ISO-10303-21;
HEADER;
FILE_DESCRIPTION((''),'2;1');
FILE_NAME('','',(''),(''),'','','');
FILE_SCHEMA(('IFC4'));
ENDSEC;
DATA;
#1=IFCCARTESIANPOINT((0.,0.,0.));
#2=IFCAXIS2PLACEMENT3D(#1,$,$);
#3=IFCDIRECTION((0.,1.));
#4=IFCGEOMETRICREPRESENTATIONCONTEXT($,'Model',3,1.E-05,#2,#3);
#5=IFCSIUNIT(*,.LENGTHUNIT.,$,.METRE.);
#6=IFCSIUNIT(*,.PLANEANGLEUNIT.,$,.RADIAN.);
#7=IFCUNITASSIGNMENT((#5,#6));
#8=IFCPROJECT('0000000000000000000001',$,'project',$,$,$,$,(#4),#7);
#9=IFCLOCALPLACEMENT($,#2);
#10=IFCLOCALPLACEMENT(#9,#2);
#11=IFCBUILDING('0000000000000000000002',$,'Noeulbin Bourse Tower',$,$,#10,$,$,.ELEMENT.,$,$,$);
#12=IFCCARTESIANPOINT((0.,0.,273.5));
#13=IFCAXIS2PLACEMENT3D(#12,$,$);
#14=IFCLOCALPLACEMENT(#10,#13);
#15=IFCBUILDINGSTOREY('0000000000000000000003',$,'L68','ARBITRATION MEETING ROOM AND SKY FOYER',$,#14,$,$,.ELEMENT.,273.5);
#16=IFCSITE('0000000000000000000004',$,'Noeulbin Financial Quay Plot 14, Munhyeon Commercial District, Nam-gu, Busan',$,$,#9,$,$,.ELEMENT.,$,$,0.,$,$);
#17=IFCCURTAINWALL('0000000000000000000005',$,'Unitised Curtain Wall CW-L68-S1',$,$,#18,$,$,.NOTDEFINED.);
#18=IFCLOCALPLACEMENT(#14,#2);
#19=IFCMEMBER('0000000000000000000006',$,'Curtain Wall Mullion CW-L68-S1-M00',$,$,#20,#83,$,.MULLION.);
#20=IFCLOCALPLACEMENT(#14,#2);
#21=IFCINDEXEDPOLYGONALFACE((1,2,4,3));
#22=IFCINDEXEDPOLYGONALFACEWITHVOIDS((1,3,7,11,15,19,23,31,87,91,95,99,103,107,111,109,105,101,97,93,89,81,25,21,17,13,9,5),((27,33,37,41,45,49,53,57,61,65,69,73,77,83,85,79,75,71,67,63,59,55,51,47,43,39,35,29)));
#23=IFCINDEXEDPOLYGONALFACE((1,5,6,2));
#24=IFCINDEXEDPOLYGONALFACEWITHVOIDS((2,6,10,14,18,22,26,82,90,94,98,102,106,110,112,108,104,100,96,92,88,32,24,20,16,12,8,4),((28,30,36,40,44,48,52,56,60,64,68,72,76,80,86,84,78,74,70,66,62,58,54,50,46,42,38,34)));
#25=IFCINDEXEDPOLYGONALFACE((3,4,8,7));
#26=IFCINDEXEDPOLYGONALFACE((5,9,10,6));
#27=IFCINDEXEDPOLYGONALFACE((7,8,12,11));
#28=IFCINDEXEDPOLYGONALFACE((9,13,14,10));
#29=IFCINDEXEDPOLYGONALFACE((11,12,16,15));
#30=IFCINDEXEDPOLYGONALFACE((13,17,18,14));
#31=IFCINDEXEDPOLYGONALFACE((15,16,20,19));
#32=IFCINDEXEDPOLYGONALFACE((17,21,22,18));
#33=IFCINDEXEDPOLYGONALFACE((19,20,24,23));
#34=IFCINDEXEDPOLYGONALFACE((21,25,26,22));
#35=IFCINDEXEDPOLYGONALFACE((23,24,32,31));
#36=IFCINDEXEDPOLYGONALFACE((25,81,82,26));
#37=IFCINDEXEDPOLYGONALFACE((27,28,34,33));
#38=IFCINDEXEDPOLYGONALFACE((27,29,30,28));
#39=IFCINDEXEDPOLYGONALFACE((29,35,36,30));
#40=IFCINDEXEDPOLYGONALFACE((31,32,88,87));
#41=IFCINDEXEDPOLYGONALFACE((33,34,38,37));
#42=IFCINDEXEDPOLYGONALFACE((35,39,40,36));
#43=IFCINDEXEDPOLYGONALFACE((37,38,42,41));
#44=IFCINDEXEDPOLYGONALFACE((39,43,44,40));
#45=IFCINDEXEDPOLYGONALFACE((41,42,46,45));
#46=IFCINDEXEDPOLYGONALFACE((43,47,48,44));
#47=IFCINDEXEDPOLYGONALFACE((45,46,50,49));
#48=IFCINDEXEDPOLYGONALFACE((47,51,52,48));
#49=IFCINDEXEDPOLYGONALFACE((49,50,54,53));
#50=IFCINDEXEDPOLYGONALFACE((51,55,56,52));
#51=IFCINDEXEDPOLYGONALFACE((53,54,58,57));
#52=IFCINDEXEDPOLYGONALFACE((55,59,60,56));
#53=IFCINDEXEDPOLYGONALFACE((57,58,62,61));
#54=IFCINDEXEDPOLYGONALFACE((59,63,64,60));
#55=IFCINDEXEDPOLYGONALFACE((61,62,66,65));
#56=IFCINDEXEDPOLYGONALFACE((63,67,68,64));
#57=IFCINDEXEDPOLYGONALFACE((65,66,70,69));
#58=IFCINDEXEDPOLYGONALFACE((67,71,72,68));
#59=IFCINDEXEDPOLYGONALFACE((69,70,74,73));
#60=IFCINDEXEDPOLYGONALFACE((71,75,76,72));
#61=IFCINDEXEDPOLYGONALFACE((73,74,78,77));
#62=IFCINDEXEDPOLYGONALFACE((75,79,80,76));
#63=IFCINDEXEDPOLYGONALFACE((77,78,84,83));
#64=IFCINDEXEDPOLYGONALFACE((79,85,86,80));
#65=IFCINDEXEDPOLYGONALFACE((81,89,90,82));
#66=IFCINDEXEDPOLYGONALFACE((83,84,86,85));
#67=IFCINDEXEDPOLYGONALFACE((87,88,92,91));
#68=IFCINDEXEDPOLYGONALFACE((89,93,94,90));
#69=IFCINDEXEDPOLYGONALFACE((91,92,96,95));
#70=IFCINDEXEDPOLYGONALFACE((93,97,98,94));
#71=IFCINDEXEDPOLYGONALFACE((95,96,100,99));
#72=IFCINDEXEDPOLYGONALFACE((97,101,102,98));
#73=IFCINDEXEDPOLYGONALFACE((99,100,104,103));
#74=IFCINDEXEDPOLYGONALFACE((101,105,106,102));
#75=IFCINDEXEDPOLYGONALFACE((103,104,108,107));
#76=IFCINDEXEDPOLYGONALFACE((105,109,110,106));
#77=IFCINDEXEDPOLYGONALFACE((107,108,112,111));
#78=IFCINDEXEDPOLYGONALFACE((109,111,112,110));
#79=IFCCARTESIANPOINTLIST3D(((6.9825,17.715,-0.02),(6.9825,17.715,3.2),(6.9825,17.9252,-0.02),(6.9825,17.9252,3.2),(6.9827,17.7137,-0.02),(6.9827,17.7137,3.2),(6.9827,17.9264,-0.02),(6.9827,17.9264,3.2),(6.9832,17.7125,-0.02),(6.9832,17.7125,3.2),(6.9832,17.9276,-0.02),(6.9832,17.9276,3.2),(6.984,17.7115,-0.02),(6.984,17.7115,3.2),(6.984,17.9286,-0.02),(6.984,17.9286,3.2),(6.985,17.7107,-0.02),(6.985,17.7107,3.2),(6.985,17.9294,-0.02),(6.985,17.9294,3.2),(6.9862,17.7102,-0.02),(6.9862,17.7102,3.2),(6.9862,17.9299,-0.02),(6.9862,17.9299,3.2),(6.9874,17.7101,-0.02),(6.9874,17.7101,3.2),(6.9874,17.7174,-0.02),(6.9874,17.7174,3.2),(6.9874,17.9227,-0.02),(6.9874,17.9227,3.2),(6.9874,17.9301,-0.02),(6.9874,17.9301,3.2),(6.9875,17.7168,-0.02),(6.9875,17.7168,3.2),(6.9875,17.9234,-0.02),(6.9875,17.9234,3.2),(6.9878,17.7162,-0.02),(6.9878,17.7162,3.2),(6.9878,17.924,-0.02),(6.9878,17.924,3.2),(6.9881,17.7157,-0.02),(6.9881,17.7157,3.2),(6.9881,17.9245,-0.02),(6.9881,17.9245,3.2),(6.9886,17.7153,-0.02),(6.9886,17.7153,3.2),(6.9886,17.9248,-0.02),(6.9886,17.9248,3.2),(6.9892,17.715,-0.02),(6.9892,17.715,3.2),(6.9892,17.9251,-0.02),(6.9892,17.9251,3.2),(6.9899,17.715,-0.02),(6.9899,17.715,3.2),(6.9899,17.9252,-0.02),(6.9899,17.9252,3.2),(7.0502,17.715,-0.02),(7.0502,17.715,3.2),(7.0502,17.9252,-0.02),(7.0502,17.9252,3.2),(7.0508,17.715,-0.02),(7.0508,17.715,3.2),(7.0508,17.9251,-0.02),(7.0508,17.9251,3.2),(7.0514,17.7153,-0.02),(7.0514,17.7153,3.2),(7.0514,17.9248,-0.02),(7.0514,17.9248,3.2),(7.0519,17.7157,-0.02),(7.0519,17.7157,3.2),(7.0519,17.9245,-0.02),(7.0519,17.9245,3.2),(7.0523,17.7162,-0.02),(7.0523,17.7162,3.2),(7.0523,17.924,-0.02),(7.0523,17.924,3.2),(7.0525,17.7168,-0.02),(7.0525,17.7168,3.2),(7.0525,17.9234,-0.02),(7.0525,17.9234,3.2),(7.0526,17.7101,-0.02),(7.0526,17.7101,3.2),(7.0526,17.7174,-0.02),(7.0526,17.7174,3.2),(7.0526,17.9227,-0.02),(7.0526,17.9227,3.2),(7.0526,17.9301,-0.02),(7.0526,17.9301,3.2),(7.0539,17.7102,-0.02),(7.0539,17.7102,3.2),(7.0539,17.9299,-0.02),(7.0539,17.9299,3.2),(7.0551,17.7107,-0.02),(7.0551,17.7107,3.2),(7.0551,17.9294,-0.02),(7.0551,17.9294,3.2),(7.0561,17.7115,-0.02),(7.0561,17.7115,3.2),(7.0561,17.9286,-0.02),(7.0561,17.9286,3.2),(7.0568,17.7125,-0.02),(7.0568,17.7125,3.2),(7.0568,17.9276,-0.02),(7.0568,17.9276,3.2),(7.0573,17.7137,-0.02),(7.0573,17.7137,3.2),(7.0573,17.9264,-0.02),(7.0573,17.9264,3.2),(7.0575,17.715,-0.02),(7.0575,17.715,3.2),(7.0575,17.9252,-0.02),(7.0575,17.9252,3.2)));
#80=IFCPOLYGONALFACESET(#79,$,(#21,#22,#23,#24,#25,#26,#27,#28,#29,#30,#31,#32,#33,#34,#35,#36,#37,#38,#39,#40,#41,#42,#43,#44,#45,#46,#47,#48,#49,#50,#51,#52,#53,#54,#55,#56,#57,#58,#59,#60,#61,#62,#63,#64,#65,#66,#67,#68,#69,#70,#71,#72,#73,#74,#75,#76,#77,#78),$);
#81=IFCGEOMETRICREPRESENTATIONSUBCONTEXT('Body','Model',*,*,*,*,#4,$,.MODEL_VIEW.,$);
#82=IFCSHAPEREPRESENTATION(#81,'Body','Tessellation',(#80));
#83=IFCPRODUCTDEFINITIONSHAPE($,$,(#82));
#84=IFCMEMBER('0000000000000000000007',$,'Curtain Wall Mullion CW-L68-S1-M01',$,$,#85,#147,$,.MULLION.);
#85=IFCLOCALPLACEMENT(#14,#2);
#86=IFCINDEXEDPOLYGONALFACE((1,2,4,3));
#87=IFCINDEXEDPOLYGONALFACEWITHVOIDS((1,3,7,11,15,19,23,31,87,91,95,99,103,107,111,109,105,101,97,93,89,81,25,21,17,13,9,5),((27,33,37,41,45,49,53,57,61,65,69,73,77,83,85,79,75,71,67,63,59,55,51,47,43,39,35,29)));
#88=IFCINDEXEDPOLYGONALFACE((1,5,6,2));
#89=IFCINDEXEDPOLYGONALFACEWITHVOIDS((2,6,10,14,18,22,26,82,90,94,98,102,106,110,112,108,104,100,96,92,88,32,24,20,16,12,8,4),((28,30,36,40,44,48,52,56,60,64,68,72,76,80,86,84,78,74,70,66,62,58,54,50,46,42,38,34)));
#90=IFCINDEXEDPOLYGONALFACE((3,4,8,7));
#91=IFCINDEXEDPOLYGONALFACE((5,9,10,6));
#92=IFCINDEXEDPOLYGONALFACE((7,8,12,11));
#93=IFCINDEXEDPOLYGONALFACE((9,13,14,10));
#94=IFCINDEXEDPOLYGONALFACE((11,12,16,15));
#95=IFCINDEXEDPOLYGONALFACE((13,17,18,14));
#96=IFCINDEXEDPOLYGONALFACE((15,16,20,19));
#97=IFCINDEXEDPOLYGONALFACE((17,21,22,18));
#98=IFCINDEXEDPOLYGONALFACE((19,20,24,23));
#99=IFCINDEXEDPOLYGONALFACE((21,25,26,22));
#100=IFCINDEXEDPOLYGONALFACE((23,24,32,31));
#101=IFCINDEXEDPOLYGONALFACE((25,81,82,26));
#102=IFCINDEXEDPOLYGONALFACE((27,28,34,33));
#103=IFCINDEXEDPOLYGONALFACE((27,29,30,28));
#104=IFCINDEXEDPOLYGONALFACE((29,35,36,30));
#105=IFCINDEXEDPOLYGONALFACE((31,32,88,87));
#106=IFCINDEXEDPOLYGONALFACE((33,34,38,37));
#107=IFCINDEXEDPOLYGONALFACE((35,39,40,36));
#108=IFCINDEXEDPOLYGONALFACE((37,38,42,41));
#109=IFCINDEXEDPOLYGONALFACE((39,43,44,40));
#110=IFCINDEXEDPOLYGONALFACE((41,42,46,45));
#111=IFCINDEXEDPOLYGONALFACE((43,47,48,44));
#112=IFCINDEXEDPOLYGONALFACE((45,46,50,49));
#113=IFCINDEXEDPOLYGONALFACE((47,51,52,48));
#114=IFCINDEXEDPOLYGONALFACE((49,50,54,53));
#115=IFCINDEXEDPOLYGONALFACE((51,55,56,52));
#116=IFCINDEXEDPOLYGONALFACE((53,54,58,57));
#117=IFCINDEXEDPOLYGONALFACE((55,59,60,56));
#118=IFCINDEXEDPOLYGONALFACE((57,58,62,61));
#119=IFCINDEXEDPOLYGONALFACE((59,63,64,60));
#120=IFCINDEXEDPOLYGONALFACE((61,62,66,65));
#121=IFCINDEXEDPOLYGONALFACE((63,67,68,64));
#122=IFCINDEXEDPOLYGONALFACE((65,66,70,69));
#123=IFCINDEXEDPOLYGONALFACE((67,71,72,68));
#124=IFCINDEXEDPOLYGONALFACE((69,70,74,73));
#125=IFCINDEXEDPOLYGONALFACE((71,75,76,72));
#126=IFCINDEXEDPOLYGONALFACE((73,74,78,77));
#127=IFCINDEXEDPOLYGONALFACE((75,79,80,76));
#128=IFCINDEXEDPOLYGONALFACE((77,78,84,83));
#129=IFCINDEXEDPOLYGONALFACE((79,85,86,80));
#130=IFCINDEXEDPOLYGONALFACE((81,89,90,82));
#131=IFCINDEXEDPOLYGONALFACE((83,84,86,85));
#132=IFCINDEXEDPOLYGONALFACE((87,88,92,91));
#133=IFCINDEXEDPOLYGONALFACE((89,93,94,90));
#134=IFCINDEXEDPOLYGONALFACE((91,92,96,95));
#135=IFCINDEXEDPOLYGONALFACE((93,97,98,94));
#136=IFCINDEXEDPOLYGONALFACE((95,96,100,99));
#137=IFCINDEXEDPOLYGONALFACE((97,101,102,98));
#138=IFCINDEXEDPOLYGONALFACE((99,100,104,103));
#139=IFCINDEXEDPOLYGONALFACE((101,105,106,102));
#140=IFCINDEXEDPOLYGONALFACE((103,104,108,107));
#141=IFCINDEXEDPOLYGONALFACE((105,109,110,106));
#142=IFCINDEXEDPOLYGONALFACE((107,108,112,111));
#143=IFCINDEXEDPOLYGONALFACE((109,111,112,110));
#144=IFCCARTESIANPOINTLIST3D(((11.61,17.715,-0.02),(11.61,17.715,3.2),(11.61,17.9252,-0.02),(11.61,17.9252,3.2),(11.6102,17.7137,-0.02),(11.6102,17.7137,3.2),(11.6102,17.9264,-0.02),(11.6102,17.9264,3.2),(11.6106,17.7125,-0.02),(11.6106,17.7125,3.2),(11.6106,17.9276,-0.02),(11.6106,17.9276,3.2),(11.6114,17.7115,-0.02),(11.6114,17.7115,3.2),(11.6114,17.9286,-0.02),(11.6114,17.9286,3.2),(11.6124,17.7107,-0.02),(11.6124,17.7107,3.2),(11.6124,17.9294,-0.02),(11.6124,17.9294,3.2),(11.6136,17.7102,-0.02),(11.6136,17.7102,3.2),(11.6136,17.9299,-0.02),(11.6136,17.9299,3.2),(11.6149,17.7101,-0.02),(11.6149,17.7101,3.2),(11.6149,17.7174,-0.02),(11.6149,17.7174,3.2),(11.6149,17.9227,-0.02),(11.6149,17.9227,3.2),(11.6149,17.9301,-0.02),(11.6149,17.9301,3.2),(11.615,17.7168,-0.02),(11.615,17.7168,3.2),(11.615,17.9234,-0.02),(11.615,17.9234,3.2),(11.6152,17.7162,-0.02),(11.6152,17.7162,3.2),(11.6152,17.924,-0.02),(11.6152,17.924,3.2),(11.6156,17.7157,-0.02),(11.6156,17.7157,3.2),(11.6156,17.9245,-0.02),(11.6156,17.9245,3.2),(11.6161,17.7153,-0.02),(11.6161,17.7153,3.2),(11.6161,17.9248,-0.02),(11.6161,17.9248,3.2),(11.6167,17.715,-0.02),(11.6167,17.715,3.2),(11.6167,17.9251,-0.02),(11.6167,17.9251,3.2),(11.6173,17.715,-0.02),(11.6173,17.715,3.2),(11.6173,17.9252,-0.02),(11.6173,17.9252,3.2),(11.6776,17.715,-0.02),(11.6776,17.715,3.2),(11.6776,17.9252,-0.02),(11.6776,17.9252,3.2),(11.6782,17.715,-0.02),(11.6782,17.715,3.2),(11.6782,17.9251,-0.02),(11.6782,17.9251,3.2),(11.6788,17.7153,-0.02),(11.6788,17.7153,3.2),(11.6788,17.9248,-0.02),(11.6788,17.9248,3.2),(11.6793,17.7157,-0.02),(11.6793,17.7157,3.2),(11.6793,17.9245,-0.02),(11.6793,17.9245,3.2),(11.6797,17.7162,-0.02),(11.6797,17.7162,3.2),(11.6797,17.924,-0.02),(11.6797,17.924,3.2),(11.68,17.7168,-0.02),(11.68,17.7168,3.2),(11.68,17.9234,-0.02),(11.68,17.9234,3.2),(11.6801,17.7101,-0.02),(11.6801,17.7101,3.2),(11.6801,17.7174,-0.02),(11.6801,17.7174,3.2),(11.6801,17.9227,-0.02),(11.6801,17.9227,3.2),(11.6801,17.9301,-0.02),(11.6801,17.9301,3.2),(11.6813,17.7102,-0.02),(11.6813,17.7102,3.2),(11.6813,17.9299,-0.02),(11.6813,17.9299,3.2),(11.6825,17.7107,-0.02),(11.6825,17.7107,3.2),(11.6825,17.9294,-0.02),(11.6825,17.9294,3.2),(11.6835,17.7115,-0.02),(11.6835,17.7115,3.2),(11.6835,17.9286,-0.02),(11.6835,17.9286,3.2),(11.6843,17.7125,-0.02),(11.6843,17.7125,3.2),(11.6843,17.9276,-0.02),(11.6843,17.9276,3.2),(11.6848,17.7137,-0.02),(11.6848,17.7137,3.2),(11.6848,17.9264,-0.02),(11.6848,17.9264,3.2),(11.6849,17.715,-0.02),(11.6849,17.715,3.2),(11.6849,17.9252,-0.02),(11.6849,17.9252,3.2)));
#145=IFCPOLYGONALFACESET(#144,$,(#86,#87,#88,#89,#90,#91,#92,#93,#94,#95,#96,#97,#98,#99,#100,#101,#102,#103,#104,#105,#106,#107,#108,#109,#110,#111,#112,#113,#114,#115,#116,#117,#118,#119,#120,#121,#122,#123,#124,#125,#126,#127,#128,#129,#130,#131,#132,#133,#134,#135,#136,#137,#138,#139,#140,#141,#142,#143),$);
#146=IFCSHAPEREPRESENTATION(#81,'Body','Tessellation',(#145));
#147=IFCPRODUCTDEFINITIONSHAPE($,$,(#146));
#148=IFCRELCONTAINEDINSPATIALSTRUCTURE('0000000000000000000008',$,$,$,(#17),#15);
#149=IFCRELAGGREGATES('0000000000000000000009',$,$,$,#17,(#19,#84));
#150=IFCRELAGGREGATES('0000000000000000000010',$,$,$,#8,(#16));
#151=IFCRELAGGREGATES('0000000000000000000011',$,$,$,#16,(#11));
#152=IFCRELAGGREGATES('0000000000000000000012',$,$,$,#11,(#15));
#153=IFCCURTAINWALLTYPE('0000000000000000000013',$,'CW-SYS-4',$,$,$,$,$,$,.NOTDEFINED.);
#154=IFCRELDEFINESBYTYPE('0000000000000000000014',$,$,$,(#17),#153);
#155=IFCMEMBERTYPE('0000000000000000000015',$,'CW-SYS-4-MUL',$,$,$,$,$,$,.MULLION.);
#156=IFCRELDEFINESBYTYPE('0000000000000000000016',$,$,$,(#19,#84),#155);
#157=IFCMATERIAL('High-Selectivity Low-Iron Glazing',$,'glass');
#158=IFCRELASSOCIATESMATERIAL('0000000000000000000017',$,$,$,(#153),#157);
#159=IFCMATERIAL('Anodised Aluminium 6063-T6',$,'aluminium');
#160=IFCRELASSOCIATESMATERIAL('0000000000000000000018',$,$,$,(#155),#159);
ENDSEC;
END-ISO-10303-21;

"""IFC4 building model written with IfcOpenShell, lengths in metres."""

from ifc_helpers import new_model, si_unit, direction, frame, origin, origin_2d, place, context, subcontext, project, spatial, hollow_rectangle, extrude, material, material_profile, profile_set, type_object, element, aggregate, save


model = new_model("IFC4")

# Units and contexts
model_context = context("Model", 3, precision=1e-05, world=origin(), true_north=direction((0.0, 1.0)))
body_context = subcontext(model_context, "Body", "Model", "MODEL_VIEW")
ifc_project = project(units=[si_unit("LENGTHUNIT", "METRE"), si_unit("PLANEANGLEUNIT", "RADIAN")], contexts=[model_context])

# Site, building, storey
site_placement = place(None, origin())
site = spatial("IfcSite", under=ifc_project, at=site_placement, Name="Noeulbin Financial Quay Plot 14, Munhyeon Commercial District, Nam-gu, Busan", CompositionType="ELEMENT", RefElevation=0.0)
building_placement = place(site_placement, origin())
building = spatial("IfcBuilding", under=site, at=building_placement, Name="Noeulbin Bourse Tower", CompositionType="ELEMENT")
storey_placement = place(building_placement, frame((0.0, 0.0, 273.5)))
storey = spatial("IfcBuildingStorey", under=building, at=storey_placement, Name="L68", Description="ARBITRATION MEETING ROOM AND SKY FOYER", CompositionType="ELEMENT", Elevation=273.5)

# Curtain wall, members
ifc_material_1 = material(Name="High-Selectivity Low-Iron Glazing", Category="glass")
curtain_wall_type = type_object("IfcCurtainWallType", Name="CW-SYS-4", PredefinedType="NOTDEFINED", material=ifc_material_1)
curtain_wall_placement = place(storey_placement, origin())
curtain_wall = element("IfcCurtainWall", 1, at=curtain_wall_placement, inside=storey, type_object=curtain_wall_type, Name="Unitised Curtain Wall CW-L68-S1", PredefinedType="NOTDEFINED")
ifc_material_2 = material(Name="Anodised Aluminium 6063-T6", Category="aluminium")
ifc_material_profile_1 = material_profile(ifc_material_2, hollow_rectangle(XDim=0.075, YDim=0.22, WallThickness=0.0049, InnerFilletRadius=0.0024, OuterFilletRadius=0.0049, at=origin_2d()), Name="ALU-MULL-75x220x5", Category="LoadBearing")
ifc_profile_set_1 = profile_set([ifc_material_profile_1], Name="Anodised Aluminium 6063-T6")
member_type_1 = type_object("IfcMemberType", Name="CW-SYS-4-MUL", PredefinedType="MULLION", material=ifc_profile_set_1)
member_1_placement = place(storey_placement, frame((7.02, 17.8201, -0.02), z_axis=(0.0, 0.0, 1.0), x_axis=(1.0, 0.0, 0.0)))
member_1 = element("IfcMember", 2, at=member_1_placement, type_object=member_type_1, Name="Curtain Wall Mullion CW-L68-S1-M00", PredefinedType="MULLION", context=body_context, shape_type="SweptSolid", body=[
    extrude(hollow_rectangle(XDim=0.075, YDim=0.22, WallThickness=0.0049, InnerFilletRadius=0.0024, OuterFilletRadius=0.0049, at=origin_2d()), origin(), (0.0, 0.0, 1.0), 3.22),
])
member_2_placement = place(storey_placement, frame((11.6475, 17.8201, -0.02), z_axis=(0.0, 0.0, 1.0), x_axis=(1.0, 0.0, 0.0)))
member_2 = element("IfcMember", 3, at=member_2_placement, type_object=member_type_1, Name="Curtain Wall Mullion CW-L68-S1-M01", PredefinedType="MULLION", context=body_context, shape_type="SweptSolid", body=[
    extrude(hollow_rectangle(XDim=0.075, YDim=0.22, WallThickness=0.0049, InnerFilletRadius=0.0024, OuterFilletRadius=0.0049, at=origin_2d()), origin(), (0.0, 0.0, 1.0), 3.22),
])
aggregate(curtain_wall, [member_1, member_2])

save(model, "model.ifc")
